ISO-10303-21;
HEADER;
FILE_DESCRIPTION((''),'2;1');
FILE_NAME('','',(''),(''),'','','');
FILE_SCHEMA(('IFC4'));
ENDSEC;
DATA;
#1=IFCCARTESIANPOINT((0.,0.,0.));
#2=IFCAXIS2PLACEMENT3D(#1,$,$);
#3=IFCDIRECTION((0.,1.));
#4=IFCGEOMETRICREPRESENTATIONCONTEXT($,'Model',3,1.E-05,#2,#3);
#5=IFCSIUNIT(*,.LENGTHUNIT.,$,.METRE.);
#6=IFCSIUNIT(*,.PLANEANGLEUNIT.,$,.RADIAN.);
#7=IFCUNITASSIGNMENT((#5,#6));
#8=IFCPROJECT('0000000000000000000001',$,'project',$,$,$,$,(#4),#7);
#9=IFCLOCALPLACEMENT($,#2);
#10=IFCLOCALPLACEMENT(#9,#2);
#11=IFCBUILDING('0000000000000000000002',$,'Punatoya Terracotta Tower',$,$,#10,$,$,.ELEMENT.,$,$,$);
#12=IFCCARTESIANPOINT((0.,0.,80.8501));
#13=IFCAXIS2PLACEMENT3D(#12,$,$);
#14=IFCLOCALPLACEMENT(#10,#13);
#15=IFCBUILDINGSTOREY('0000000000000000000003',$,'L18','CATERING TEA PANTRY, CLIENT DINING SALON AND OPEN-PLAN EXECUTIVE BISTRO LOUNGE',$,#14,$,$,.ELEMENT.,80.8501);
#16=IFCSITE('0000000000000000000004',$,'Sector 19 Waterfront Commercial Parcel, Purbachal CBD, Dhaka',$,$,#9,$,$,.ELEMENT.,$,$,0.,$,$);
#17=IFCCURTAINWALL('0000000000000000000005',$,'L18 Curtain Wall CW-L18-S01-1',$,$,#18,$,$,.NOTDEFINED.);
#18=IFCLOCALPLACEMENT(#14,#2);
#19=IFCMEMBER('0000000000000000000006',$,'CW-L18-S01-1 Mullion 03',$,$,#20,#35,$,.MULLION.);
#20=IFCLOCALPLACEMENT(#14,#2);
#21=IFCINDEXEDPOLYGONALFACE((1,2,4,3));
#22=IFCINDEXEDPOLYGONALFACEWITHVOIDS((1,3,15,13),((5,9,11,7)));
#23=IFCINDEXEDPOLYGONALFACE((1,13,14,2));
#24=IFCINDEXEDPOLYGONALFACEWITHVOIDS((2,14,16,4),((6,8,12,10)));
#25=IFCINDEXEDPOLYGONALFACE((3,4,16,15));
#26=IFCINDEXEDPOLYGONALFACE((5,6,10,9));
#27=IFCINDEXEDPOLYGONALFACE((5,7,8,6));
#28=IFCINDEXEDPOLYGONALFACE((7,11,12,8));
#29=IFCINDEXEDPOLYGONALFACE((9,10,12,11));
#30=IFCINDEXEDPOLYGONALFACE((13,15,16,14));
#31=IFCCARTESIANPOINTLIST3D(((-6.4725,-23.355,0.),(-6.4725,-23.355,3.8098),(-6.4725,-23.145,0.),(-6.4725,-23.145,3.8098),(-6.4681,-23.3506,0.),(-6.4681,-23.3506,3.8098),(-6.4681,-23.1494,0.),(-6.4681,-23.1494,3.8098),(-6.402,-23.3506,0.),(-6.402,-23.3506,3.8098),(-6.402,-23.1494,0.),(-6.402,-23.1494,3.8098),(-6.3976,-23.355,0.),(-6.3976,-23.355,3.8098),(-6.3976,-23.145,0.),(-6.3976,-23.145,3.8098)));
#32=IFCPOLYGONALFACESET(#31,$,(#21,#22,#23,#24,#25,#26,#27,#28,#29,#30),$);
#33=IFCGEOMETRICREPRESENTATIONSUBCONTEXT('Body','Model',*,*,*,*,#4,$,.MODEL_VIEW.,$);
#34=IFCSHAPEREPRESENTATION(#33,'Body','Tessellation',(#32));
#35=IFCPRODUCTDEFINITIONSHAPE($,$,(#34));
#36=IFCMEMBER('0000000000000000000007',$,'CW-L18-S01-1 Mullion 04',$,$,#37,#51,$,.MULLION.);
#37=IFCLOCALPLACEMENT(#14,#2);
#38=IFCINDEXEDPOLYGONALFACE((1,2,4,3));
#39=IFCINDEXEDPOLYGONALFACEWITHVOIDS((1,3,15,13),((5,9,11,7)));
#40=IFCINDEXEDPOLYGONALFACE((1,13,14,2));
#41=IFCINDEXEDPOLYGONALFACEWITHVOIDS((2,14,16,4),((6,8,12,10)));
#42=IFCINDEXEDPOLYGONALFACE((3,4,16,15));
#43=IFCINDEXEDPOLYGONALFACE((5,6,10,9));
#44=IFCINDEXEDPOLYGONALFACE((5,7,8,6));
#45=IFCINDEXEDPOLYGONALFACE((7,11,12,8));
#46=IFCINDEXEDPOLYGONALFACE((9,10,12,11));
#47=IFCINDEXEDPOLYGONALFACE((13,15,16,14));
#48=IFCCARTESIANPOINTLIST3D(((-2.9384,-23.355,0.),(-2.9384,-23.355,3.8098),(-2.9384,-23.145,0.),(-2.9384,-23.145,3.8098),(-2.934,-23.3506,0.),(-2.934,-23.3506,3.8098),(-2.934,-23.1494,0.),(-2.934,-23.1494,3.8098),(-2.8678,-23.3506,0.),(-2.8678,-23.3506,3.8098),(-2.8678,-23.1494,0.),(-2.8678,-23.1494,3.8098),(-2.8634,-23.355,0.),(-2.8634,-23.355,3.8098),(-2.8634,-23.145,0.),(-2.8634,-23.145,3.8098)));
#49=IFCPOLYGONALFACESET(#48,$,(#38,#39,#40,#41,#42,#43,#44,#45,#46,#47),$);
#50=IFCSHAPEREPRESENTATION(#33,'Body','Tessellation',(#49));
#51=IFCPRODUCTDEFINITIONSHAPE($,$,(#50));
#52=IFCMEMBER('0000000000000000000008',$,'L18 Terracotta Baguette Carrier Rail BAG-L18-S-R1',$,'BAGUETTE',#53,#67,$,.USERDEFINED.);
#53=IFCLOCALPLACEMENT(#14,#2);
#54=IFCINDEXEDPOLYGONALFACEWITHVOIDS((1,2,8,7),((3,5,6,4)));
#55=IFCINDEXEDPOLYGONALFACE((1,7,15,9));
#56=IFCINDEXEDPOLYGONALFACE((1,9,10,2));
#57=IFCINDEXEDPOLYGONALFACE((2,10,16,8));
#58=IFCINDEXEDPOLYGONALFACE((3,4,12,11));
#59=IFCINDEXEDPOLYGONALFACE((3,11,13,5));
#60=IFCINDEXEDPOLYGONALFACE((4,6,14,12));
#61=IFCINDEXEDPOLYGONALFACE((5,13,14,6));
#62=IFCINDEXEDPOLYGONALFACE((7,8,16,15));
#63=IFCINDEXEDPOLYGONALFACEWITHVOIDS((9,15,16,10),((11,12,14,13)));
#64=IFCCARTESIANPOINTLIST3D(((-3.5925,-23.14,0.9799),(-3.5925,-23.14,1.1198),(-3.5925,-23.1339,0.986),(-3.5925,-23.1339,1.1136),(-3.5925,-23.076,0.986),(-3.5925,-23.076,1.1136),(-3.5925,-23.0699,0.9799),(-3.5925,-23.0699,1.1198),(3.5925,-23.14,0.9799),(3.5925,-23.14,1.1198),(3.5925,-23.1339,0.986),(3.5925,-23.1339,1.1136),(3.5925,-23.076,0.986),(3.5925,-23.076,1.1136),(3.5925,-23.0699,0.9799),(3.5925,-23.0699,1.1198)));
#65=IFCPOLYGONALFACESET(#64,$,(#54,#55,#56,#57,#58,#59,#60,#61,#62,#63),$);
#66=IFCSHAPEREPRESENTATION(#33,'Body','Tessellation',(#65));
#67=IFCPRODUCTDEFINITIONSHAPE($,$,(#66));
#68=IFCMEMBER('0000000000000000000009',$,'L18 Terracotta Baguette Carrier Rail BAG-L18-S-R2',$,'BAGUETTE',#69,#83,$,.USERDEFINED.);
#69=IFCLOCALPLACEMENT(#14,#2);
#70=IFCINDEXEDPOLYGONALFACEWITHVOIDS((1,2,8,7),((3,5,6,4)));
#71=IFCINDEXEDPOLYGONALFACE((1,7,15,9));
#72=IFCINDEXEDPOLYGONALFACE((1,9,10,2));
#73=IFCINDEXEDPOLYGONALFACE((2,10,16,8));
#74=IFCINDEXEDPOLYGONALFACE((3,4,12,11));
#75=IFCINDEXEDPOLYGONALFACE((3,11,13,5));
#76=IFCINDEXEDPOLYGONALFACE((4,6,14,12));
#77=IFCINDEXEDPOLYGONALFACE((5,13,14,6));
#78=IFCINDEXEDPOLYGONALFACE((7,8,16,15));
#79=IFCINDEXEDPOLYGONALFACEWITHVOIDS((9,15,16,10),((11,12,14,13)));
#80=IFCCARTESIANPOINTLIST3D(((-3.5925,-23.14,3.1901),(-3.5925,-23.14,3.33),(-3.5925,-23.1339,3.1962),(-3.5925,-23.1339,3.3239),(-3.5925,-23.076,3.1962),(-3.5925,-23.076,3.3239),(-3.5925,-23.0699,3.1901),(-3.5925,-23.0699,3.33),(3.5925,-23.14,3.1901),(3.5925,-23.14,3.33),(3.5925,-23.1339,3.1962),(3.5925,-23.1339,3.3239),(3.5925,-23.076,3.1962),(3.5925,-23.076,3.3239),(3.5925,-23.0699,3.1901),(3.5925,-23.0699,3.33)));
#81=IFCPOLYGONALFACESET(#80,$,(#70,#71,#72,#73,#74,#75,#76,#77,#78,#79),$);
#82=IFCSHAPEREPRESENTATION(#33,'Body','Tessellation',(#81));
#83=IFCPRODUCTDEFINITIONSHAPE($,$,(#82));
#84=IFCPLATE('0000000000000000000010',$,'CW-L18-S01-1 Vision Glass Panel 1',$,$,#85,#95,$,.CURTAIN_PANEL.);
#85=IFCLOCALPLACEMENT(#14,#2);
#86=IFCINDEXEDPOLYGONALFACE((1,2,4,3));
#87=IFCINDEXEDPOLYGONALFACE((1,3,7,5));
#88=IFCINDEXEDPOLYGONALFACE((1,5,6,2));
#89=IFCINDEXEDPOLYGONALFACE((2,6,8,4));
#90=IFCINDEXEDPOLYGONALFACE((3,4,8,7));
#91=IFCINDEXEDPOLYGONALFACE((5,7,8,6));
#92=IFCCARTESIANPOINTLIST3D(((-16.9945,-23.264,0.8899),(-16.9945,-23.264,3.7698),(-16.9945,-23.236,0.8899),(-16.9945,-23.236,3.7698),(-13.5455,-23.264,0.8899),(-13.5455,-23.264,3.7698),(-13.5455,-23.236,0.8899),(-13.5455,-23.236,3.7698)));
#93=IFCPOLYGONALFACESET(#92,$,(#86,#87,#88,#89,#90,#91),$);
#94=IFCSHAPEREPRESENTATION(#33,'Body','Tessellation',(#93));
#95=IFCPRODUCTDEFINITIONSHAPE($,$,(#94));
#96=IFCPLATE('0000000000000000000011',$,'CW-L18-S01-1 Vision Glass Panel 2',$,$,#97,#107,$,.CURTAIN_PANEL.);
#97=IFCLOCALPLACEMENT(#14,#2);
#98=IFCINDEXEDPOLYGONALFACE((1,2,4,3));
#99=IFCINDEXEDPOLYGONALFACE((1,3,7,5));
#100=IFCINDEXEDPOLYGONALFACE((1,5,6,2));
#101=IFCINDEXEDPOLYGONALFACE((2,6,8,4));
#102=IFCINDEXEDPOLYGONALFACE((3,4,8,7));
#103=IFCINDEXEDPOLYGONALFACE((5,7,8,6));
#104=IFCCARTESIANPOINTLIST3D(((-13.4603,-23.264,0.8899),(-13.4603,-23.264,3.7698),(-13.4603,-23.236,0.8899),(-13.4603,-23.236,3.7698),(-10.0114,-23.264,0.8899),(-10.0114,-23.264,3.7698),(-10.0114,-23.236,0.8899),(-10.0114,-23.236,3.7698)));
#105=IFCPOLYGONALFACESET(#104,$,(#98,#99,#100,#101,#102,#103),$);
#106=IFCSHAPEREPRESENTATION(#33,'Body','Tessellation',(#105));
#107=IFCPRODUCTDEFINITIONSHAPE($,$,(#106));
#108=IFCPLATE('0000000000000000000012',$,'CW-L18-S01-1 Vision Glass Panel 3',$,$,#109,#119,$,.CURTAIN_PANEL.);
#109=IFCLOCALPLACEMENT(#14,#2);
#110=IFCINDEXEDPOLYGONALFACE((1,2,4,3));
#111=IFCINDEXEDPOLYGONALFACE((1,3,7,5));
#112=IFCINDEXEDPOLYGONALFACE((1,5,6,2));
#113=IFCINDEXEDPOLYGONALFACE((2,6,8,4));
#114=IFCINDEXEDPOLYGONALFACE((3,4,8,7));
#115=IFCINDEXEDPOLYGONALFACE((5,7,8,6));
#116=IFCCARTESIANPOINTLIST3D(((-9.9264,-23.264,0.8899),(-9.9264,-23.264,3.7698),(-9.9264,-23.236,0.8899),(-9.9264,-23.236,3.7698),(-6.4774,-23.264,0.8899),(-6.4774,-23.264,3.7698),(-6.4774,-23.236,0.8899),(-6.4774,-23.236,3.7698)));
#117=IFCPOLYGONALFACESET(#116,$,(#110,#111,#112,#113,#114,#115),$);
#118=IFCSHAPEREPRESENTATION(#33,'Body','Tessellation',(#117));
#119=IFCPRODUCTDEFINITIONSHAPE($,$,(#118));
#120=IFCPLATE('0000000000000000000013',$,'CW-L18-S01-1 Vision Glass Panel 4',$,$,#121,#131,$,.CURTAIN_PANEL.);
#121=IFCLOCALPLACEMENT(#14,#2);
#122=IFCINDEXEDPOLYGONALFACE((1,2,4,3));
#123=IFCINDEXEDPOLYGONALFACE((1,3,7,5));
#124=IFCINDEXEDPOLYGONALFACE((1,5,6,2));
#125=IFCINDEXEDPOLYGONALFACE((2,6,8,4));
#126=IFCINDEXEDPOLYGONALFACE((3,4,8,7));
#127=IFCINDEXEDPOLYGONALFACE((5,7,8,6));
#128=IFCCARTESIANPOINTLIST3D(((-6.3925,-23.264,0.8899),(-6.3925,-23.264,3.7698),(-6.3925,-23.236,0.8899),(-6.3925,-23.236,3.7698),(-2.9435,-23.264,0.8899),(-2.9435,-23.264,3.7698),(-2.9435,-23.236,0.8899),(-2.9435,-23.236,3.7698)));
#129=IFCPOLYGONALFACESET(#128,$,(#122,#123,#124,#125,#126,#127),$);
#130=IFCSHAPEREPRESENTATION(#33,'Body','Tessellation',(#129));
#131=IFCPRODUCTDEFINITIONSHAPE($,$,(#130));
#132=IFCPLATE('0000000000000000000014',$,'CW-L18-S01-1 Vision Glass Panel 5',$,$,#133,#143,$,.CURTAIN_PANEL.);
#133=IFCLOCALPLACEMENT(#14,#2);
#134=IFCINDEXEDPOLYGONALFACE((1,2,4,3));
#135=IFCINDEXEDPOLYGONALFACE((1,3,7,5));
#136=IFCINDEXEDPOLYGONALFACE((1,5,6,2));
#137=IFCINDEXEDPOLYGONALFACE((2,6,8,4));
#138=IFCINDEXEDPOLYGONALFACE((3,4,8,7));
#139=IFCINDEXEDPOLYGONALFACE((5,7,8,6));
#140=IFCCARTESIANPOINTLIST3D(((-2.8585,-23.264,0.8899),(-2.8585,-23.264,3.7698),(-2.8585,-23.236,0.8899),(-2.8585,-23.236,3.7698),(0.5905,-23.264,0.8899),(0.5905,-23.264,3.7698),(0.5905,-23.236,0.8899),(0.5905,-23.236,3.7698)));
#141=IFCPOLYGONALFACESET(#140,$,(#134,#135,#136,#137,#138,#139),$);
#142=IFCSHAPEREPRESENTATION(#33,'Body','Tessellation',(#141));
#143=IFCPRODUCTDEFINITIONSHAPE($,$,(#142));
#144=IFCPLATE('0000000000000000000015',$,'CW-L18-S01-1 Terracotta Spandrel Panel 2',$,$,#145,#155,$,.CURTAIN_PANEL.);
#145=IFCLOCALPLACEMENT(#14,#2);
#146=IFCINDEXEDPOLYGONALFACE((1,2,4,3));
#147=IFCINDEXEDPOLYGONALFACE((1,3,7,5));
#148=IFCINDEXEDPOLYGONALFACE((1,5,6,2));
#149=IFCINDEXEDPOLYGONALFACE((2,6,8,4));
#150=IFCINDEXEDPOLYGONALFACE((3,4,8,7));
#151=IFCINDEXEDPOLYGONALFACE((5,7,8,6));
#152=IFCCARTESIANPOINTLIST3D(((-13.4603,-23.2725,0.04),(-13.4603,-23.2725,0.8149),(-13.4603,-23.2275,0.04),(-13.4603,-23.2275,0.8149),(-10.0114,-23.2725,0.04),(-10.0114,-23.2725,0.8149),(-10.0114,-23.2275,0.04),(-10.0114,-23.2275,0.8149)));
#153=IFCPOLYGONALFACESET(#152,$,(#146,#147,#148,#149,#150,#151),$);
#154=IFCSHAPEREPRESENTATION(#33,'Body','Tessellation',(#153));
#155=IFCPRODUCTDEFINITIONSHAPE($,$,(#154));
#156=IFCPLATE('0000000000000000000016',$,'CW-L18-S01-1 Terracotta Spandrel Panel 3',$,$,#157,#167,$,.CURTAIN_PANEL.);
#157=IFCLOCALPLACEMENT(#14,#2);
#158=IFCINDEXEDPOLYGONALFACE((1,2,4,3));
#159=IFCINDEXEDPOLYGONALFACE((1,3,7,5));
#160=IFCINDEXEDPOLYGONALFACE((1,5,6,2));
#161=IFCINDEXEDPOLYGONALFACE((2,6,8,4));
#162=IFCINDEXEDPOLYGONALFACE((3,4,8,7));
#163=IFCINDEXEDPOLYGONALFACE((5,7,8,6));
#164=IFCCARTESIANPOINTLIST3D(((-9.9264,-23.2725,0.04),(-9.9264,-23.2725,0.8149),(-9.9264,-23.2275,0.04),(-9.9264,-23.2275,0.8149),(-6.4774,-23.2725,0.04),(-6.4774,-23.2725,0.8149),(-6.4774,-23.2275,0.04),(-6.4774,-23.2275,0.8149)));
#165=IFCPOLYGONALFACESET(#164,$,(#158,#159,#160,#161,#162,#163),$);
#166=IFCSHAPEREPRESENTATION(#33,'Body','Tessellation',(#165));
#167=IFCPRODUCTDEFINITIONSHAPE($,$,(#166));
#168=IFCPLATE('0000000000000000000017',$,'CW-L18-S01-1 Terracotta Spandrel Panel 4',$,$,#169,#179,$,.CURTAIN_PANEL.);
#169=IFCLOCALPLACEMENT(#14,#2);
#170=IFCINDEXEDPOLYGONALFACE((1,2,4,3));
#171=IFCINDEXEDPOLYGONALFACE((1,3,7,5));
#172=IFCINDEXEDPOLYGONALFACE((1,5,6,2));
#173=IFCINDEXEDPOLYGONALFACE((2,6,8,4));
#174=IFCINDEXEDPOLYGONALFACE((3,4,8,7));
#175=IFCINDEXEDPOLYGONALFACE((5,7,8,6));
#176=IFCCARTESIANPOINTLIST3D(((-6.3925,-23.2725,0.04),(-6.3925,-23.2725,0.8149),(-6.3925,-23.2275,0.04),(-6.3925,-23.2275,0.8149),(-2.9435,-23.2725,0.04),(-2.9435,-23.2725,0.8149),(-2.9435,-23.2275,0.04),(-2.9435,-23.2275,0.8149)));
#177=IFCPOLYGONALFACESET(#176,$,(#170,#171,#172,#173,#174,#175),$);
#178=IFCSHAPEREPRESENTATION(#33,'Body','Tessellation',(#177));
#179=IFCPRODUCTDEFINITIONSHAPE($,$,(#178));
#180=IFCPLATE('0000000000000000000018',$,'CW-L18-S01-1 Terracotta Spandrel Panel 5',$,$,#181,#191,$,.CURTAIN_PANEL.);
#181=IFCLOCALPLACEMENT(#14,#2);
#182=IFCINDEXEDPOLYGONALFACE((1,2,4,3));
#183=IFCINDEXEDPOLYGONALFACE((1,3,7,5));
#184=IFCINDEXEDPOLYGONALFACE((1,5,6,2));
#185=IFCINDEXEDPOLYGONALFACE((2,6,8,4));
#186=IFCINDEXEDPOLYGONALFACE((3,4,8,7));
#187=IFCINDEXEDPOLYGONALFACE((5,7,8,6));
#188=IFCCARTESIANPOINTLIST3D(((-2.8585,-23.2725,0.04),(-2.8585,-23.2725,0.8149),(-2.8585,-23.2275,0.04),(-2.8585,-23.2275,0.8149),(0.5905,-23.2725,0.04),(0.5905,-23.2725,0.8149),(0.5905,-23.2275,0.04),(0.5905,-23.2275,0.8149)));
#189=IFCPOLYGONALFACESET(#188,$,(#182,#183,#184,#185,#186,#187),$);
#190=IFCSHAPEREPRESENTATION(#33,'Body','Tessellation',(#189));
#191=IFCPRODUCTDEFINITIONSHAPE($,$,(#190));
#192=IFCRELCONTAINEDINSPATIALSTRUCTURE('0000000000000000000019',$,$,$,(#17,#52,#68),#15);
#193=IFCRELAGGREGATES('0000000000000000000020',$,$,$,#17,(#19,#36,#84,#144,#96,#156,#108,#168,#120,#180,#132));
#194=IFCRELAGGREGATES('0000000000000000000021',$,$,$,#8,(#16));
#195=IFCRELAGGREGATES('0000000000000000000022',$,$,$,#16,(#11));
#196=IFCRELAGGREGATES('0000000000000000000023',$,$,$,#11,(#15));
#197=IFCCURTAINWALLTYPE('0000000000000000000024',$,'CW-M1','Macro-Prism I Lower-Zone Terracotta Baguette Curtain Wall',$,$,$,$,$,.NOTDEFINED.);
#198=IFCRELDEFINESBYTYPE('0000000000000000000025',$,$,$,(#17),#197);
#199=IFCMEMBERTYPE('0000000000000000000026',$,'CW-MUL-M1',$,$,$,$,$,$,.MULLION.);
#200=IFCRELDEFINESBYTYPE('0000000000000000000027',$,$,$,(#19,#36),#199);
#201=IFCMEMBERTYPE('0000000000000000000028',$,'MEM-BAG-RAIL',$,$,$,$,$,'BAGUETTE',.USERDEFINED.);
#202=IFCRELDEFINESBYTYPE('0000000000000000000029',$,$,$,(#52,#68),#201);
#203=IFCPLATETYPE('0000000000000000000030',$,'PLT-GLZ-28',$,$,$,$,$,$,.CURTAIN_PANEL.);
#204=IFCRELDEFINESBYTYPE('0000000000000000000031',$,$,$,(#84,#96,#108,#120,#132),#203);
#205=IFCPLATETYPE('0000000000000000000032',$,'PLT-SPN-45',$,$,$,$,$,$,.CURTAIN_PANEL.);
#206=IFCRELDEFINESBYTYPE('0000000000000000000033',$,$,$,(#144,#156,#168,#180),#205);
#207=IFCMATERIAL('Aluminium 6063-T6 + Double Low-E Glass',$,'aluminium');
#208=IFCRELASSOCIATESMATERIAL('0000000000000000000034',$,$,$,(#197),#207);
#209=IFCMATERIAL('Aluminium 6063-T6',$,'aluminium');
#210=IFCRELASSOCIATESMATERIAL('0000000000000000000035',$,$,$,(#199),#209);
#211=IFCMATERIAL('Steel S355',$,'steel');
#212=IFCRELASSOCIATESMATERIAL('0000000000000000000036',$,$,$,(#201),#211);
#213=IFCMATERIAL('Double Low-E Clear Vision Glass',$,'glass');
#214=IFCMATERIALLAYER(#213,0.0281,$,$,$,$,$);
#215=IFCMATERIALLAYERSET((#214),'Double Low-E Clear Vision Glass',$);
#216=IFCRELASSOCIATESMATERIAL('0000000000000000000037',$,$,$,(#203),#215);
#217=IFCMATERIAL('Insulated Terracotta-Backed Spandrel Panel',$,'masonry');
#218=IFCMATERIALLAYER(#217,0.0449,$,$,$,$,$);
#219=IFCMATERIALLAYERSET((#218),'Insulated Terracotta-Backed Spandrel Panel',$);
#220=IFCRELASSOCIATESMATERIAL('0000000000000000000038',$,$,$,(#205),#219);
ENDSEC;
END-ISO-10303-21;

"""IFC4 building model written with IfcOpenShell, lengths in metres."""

from ifc_helpers import new_model, si_unit, direction, frame, origin, origin_2d, place, context, subcontext, project, spatial, rectangle, hollow_rectangle, extrude, material, layer, layer_set, material_profile, profile_set, type_object, element, aggregate, save


model = new_model("IFC4")

# Units and contexts
model_context = context("Model", 3, precision=1e-05, world=origin(), true_north=direction((0.0, 1.0)))
body_context = subcontext(model_context, "Body", "Model", "MODEL_VIEW")
ifc_project = project(units=[si_unit("LENGTHUNIT", "METRE"), si_unit("PLANEANGLEUNIT", "RADIAN")], contexts=[model_context])

# Site, building, storey
site_placement = place(None, origin())
site = spatial("IfcSite", under=ifc_project, at=site_placement, Name="Sector 19 Waterfront Commercial Parcel, Purbachal CBD, Dhaka", CompositionType="ELEMENT", RefElevation=0.0)
building_placement = place(site_placement, origin())
building = spatial("IfcBuilding", under=site, at=building_placement, Name="Punatoya Terracotta Tower", CompositionType="ELEMENT")
storey_placement = place(building_placement, frame((0.0, 0.0, 80.8501)))
storey = spatial("IfcBuildingStorey", under=building, at=storey_placement, Name="L18", Description="CATERING TEA PANTRY, CLIENT DINING SALON AND OPEN-PLAN EXECUTIVE BISTRO LOUNGE", CompositionType="ELEMENT", Elevation=80.8501)

# Curtain wall, members
ifc_material_1 = material(Name="Aluminium 6063-T6 + Double Low-E Glass", Category="aluminium")
curtain_wall_type = type_object("IfcCurtainWallType", Name="CW-M1", Description="Macro-Prism I Lower-Zone Terracotta Baguette Curtain Wall", PredefinedType="NOTDEFINED", material=ifc_material_1)
curtain_wall_placement = place(storey_placement, origin())
curtain_wall = element("IfcCurtainWall", 1, at=curtain_wall_placement, inside=storey, type_object=curtain_wall_type, Name="L18 Curtain Wall CW-L18-S01-1", PredefinedType="NOTDEFINED")
ifc_material_2 = material(Name="Aluminium 6063-T6", Category="aluminium")
ifc_material_profile_1 = material_profile(ifc_material_2, hollow_rectangle(XDim=0.075, YDim=0.21, WallThickness=0.0044, at=origin_2d()))
ifc_profile_set_1 = profile_set([ifc_material_profile_1], Name="Aluminium 6063-T6")
member_type_1 = type_object("IfcMemberType", Name="CW-MUL-M1", PredefinedType="MULLION", material=ifc_profile_set_1)
member_1_placement = place(storey_placement, frame((-6.4351, -23.25, 0.0), z_axis=(0.0, 0.0, 1.0), x_axis=(1.0, 0.0, 0.0)))
member_1 = element("IfcMember", 2, at=member_1_placement, type_object=member_type_1, Name="CW-L18-S01-1 Mullion 03", PredefinedType="MULLION", context=body_context, shape_type="SweptSolid", body=[
    extrude(hollow_rectangle(XDim=0.075, YDim=0.21, WallThickness=0.0044, at=origin_2d()), origin(), (0.0, 0.0, 1.0), 3.8098),
])
member_2_placement = place(storey_placement, frame((-2.9009, -23.25, 0.0), z_axis=(0.0, 0.0, 1.0), x_axis=(1.0, 0.0, 0.0)))
member_2 = element("IfcMember", 3, at=member_2_placement, type_object=member_type_1, Name="CW-L18-S01-1 Mullion 04", PredefinedType="MULLION", context=body_context, shape_type="SweptSolid", body=[
    extrude(hollow_rectangle(XDim=0.075, YDim=0.21, WallThickness=0.0044, at=origin_2d()), origin(), (0.0, 0.0, 1.0), 3.8098),
])

# Members
ifc_material_3 = material(Name="Steel S355", Category="steel")
ifc_material_profile_2 = material_profile(ifc_material_3, hollow_rectangle(XDim=0.0701, YDim=0.1399, WallThickness=0.0061, at=origin_2d()))
ifc_profile_set_2 = profile_set([ifc_material_profile_2], Name="Steel S355")
member_type_2 = type_object("IfcMemberType", Name="MEM-BAG-RAIL", ElementType="BAGUETTE", PredefinedType="USERDEFINED", material=ifc_profile_set_2)
for number, where, z_axis, x_axis, name in (
    (4, (-3.5925, -23.105, 1.0498), (1.0, 0.0, 0.0), (0.0, 1.0, 0.0), "L18 Terracotta Baguette Carrier Rail BAG-L18-S-R1"),
    (5, (-3.5925, -23.105, 3.26), (1.0, 0.0, 0.0), (0.0, 1.0, 0.0), "L18 Terracotta Baguette Carrier Rail BAG-L18-S-R2"),
):
    element("IfcMember", number, at=place(storey_placement, frame(where, z_axis=z_axis, x_axis=x_axis)), inside=storey, type_object=member_type_2, Name=name, ObjectType="BAGUETTE", PredefinedType="USERDEFINED", context=body_context, shape_type="SweptSolid", body=[
        extrude(hollow_rectangle(XDim=0.0701, YDim=0.1399, WallThickness=0.0061, at=origin_2d()), origin(), (0.0, 0.0, 1.0), 7.1851),
    ])

# Plates
ifc_material_4 = material(Name="Double Low-E Clear Vision Glass", Category="glass")
ifc_layer_1 = layer(ifc_material_4, 0.0281)
ifc_layer_set_1 = layer_set([ifc_layer_1], Name="Double Low-E Clear Vision Glass")
plate_type_1 = type_object("IfcPlateType", Name="PLT-GLZ-28", PredefinedType="CURTAIN_PANEL", material=ifc_layer_set_1)
plate_1_placement = place(storey_placement, frame((-15.27, -23.25, 0.8899), z_axis=(0.0, 0.0, 1.0), x_axis=(1.0, 0.0, 0.0)))
plate_1 = element("IfcPlate", 6, at=plate_1_placement, type_object=plate_type_1, Name="CW-L18-S01-1 Vision Glass Panel 1", PredefinedType="CURTAIN_PANEL", context=body_context, shape_type="SweptSolid", body=[
    extrude(rectangle(XDim=3.449, YDim=0.0281, at=origin_2d()), origin(), (0.0, 0.0, 1.0), 2.8799),
])
plate_2_placement = place(storey_placement, frame((-11.7358, -23.25, 0.8899), z_axis=(0.0, 0.0, 1.0), x_axis=(1.0, 0.0, 0.0)))
plate_2 = element("IfcPlate", 7, at=plate_2_placement, type_object=plate_type_1, Name="CW-L18-S01-1 Vision Glass Panel 2", PredefinedType="CURTAIN_PANEL", context=body_context, shape_type="SweptSolid", body=[
    extrude(rectangle(XDim=3.449, YDim=0.0281, at=origin_2d()), origin(), (0.0, 0.0, 1.0), 2.8799),
])
plate_3_placement = place(storey_placement, frame((-8.2019, -23.25, 0.8899), z_axis=(0.0, 0.0, 1.0), x_axis=(1.0, 0.0, 0.0)))
plate_3 = element("IfcPlate", 8, at=plate_3_placement, type_object=plate_type_1, Name="CW-L18-S01-1 Vision Glass Panel 3", PredefinedType="CURTAIN_PANEL", context=body_context, shape_type="SweptSolid", body=[
    extrude(rectangle(XDim=3.449, YDim=0.0281, at=origin_2d()), origin(), (0.0, 0.0, 1.0), 2.8799),
])
plate_4_placement = place(storey_placement, frame((-4.668, -23.25, 0.8899), z_axis=(0.0, 0.0, 1.0), x_axis=(1.0, 0.0, 0.0)))
plate_4 = element("IfcPlate", 9, at=plate_4_placement, type_object=plate_type_1, Name="CW-L18-S01-1 Vision Glass Panel 4", PredefinedType="CURTAIN_PANEL", context=body_context, shape_type="SweptSolid", body=[
    extrude(rectangle(XDim=3.449, YDim=0.0281, at=origin_2d()), origin(), (0.0, 0.0, 1.0), 2.8799),
])
plate_5_placement = place(storey_placement, frame((-1.134, -23.25, 0.8899), z_axis=(0.0, 0.0, 1.0), x_axis=(1.0, 0.0, 0.0)))
plate_5 = element("IfcPlate", 10, at=plate_5_placement, type_object=plate_type_1, Name="CW-L18-S01-1 Vision Glass Panel 5", PredefinedType="CURTAIN_PANEL", context=body_context, shape_type="SweptSolid", body=[
    extrude(rectangle(XDim=3.449, YDim=0.0281, at=origin_2d()), origin(), (0.0, 0.0, 1.0), 2.8799),
])
ifc_material_5 = material(Name="Insulated Terracotta-Backed Spandrel Panel", Category="masonry")
ifc_layer_2 = layer(ifc_material_5, 0.0449)
ifc_layer_set_2 = layer_set([ifc_layer_2], Name="Insulated Terracotta-Backed Spandrel Panel")
plate_type_2 = type_object("IfcPlateType", Name="PLT-SPN-45", PredefinedType="CURTAIN_PANEL", material=ifc_layer_set_2)
plate_6_placement = place(storey_placement, frame((-11.7358, -23.25, 0.04), z_axis=(0.0, 0.0, 1.0), x_axis=(1.0, 0.0, 0.0)))
plate_6 = element("IfcPlate", 11, at=plate_6_placement, type_object=plate_type_2, Name="CW-L18-S01-1 Terracotta Spandrel Panel 2", PredefinedType="CURTAIN_PANEL", context=body_context, shape_type="SweptSolid", body=[
    extrude(rectangle(XDim=3.449, YDim=0.0449, at=origin_2d()), origin(), (0.0, 0.0, 1.0), 0.7749),
])
plate_7_placement = place(storey_placement, frame((-8.2019, -23.25, 0.04), z_axis=(0.0, 0.0, 1.0), x_axis=(1.0, 0.0, 0.0)))
plate_7 = element("IfcPlate", 12, at=plate_7_placement, type_object=plate_type_2, Name="CW-L18-S01-1 Terracotta Spandrel Panel 3", PredefinedType="CURTAIN_PANEL", context=body_context, shape_type="SweptSolid", body=[
    extrude(rectangle(XDim=3.449, YDim=0.0449, at=origin_2d()), origin(), (0.0, 0.0, 1.0), 0.7749),
])
plate_8_placement = place(storey_placement, frame((-4.668, -23.25, 0.04), z_axis=(0.0, 0.0, 1.0), x_axis=(1.0, 0.0, 0.0)))
plate_8 = element("IfcPlate", 13, at=plate_8_placement, type_object=plate_type_2, Name="CW-L18-S01-1 Terracotta Spandrel Panel 4", PredefinedType="CURTAIN_PANEL", context=body_context, shape_type="SweptSolid", body=[
    extrude(rectangle(XDim=3.449, YDim=0.0449, at=origin_2d()), origin(), (0.0, 0.0, 1.0), 0.7749),
])
plate_9_placement = place(storey_placement, frame((-1.134, -23.25, 0.04), z_axis=(0.0, 0.0, 1.0), x_axis=(1.0, 0.0, 0.0)))
plate_9 = element("IfcPlate", 14, at=plate_9_placement, type_object=plate_type_2, Name="CW-L18-S01-1 Terracotta Spandrel Panel 5", PredefinedType="CURTAIN_PANEL", context=body_context, shape_type="SweptSolid", body=[
    extrude(rectangle(XDim=3.449, YDim=0.0449, at=origin_2d()), origin(), (0.0, 0.0, 1.0), 0.7749),
])
aggregate(curtain_wall, [member_1, member_2, plate_1, plate_6, plate_2, plate_7, plate_3, plate_8, plate_4, plate_9, plate_5])

save(model, "model.ifc")
